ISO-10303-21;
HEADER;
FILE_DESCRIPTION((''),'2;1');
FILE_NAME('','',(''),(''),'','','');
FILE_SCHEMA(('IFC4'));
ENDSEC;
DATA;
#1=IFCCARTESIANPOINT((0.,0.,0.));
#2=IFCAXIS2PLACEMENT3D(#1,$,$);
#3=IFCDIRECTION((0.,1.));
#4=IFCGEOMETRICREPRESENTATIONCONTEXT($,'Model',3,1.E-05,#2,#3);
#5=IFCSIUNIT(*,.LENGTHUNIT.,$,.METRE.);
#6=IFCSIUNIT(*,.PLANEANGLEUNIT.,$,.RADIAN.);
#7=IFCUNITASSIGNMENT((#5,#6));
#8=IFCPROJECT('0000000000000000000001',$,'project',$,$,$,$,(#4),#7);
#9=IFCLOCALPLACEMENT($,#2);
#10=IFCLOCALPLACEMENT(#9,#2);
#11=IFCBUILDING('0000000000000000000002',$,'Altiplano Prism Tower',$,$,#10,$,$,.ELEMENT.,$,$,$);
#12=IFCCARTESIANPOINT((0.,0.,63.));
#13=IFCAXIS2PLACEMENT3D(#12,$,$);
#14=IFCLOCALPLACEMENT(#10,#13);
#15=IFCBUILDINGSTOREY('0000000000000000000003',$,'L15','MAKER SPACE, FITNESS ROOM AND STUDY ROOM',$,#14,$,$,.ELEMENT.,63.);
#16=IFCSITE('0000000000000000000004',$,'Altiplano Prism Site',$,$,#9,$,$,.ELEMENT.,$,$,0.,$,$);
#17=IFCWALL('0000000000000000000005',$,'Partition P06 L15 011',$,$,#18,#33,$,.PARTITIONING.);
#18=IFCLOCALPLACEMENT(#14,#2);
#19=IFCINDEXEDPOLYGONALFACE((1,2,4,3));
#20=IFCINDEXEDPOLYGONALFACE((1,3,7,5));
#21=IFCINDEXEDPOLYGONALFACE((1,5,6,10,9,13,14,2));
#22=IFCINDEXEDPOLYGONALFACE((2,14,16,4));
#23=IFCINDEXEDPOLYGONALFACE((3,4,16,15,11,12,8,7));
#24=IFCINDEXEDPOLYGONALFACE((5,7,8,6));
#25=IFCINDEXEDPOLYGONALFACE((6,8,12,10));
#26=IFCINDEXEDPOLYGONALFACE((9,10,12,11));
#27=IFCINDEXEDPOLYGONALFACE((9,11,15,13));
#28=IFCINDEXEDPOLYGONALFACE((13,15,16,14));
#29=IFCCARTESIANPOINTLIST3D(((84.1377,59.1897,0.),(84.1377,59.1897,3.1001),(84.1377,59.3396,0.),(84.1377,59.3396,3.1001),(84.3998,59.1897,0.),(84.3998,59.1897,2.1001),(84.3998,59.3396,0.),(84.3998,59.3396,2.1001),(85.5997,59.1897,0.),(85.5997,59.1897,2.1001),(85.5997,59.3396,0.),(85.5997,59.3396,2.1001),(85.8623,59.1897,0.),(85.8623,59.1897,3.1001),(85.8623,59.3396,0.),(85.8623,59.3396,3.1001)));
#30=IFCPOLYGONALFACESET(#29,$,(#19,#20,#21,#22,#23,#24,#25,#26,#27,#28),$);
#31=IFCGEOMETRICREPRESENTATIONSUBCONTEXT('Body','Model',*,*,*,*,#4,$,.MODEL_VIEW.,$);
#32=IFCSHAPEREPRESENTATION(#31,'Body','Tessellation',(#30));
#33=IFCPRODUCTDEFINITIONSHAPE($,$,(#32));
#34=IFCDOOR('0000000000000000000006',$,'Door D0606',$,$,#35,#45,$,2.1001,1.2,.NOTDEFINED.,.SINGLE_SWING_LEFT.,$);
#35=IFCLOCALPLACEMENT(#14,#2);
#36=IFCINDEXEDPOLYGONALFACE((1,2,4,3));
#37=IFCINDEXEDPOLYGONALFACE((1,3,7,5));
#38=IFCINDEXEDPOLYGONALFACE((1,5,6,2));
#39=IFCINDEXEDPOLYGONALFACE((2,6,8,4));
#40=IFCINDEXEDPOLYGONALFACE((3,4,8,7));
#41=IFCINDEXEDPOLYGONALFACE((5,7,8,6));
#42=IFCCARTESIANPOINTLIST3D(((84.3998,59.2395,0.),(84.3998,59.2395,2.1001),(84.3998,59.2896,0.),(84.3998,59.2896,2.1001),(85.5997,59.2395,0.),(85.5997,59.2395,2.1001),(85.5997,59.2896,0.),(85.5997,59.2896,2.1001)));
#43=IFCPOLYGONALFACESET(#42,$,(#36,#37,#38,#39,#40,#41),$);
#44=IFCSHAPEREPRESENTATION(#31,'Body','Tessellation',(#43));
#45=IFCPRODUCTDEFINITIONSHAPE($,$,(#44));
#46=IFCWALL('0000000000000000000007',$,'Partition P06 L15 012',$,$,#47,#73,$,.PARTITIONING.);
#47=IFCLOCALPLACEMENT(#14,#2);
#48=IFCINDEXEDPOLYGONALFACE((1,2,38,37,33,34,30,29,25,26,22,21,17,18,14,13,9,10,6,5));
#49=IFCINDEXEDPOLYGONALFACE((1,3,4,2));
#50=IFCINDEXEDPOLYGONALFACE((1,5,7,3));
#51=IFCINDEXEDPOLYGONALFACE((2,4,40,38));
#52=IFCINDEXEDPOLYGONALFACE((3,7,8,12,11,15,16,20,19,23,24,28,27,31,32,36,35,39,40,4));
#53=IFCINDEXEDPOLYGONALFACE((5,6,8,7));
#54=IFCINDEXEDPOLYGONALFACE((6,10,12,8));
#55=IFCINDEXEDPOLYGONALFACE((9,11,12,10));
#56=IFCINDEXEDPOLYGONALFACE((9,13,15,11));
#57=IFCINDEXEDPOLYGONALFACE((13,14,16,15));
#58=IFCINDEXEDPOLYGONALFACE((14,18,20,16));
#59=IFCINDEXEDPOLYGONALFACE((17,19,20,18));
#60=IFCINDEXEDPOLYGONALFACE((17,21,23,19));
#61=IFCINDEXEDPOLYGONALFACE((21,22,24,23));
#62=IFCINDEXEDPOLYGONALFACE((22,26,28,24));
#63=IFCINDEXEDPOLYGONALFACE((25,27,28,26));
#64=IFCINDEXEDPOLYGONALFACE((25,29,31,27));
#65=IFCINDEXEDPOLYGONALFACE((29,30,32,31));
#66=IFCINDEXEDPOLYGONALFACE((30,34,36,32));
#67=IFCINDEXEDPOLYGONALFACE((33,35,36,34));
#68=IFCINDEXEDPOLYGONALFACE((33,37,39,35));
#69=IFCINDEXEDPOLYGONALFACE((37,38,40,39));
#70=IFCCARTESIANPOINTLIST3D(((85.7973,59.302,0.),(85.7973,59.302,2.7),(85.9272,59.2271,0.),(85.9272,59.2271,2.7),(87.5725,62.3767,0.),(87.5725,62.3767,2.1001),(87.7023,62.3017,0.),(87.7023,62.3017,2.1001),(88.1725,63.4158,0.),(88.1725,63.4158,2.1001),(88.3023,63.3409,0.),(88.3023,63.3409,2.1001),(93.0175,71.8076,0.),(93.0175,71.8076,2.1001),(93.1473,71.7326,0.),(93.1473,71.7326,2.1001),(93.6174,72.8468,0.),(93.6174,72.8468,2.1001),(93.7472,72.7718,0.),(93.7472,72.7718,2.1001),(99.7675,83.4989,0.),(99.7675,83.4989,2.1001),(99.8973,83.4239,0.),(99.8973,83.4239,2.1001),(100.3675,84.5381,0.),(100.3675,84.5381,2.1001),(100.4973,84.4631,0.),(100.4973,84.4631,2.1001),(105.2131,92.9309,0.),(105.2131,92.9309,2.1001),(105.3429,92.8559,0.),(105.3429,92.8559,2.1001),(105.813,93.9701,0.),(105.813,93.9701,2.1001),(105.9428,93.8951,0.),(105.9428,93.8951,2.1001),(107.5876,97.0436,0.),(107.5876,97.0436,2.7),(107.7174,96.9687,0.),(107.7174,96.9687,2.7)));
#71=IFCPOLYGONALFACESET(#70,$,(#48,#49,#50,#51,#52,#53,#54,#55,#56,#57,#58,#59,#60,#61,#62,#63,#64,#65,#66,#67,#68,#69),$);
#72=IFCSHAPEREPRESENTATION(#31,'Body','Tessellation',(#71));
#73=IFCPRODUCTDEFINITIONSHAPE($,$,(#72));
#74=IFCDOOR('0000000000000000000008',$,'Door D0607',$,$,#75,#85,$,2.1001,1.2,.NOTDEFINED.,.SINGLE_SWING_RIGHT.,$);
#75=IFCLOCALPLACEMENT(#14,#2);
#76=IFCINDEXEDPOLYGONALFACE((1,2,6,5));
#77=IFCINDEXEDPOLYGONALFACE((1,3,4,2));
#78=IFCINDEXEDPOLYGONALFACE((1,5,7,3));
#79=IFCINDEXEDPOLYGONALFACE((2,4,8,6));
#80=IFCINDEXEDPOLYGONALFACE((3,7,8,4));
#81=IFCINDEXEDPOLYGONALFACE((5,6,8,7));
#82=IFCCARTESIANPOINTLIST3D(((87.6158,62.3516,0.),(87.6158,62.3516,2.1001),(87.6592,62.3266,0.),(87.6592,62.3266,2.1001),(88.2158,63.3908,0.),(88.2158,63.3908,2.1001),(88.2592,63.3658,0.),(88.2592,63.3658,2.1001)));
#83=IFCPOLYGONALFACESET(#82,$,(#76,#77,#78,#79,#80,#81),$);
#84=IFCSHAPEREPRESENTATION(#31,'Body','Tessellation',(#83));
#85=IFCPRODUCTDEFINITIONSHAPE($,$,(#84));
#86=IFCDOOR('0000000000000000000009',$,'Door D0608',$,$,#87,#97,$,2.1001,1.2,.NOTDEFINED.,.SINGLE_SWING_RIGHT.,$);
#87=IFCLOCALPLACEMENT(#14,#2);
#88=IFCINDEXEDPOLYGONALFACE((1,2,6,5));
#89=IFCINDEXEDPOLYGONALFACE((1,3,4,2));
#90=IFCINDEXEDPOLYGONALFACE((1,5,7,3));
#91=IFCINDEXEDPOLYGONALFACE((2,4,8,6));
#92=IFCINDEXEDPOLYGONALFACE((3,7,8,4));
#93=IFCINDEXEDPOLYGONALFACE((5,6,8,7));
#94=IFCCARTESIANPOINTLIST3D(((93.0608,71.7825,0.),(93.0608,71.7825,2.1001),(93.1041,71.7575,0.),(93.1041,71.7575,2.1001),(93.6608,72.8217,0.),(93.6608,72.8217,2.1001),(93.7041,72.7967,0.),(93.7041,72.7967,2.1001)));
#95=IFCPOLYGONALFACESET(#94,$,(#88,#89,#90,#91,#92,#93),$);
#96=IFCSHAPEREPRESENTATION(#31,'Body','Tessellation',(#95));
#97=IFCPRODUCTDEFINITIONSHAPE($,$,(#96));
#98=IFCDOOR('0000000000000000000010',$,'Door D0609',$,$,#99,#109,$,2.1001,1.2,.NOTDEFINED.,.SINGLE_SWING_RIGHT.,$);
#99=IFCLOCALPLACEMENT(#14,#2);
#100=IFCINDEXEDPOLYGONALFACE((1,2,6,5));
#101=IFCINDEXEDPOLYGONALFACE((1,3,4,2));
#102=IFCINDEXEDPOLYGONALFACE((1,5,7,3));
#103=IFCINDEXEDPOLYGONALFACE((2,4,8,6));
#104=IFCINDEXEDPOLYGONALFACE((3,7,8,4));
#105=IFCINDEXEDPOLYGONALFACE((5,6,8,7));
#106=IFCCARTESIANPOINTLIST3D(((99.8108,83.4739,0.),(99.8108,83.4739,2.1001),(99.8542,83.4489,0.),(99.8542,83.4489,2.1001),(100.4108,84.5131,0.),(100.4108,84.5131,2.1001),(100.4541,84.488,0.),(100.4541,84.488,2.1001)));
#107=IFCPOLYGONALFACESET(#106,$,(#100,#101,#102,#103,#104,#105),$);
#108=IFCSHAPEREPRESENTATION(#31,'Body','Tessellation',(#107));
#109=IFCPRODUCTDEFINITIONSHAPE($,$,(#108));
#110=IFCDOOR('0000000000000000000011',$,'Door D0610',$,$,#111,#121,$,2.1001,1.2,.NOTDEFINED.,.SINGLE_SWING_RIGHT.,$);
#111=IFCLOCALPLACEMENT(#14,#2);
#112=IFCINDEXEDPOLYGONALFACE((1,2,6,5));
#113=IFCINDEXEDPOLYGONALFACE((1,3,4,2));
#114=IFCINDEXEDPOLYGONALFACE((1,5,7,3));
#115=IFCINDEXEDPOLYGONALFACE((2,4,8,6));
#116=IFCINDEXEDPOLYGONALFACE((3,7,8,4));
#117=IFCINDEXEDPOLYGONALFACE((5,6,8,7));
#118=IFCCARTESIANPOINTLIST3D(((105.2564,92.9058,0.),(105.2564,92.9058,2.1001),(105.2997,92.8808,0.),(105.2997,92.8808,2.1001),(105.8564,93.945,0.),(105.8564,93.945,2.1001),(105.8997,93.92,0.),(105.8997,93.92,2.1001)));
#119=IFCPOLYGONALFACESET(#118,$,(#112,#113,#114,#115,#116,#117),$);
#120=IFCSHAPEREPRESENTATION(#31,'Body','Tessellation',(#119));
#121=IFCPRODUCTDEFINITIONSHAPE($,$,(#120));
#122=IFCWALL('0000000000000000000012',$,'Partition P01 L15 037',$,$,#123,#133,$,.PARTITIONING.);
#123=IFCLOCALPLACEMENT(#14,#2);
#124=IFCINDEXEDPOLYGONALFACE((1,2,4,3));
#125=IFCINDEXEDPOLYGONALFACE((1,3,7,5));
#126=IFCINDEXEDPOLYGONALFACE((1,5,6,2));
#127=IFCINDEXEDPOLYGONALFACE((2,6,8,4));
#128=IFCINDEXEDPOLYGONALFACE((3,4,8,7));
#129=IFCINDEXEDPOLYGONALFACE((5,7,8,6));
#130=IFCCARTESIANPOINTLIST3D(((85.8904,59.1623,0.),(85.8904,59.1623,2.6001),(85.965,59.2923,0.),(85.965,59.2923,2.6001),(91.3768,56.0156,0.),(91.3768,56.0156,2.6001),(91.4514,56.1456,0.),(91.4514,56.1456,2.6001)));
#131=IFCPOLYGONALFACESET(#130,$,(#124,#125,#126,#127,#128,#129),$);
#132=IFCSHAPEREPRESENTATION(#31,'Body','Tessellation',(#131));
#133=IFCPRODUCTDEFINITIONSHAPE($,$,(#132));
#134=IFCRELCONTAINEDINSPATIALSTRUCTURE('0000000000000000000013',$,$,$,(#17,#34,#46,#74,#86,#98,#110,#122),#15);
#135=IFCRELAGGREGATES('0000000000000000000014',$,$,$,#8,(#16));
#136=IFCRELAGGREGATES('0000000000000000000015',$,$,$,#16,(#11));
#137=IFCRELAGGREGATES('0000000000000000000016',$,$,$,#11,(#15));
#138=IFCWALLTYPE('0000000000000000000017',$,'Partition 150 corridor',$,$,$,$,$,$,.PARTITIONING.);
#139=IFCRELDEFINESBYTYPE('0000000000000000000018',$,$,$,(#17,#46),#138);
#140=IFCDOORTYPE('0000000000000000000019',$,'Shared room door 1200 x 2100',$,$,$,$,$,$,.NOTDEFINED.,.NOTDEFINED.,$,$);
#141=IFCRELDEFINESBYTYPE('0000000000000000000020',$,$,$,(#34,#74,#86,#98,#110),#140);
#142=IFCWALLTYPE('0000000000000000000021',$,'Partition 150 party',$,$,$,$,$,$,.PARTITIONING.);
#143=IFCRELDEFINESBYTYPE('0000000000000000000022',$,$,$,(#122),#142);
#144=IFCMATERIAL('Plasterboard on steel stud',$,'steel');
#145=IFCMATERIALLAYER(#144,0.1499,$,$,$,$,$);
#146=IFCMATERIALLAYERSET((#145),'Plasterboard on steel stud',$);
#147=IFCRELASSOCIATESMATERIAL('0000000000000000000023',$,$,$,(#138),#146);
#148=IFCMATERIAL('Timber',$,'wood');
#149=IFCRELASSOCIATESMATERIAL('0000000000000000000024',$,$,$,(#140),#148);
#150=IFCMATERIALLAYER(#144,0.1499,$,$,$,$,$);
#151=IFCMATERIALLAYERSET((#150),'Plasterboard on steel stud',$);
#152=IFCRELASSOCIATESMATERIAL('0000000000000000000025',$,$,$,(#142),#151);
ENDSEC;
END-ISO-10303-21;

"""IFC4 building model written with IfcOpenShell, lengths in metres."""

from ifc_helpers import new_model, si_unit, direction, frame, frame_2d, origin, place, context, subcontext, project, spatial, rectangle, extrude, material, layer, layer_set, type_object, element, fill, save


model = new_model("IFC4")

# Units and contexts
model_context = context("Model", 3, precision=1e-05, world=origin(), true_north=direction((0.0, 1.0)))
body_context = subcontext(model_context, "Body", "Model", "MODEL_VIEW")
ifc_project = project(units=[si_unit("LENGTHUNIT", "METRE"), si_unit("PLANEANGLEUNIT", "RADIAN")], contexts=[model_context])

# Site, building, storey
site_placement = place(None, origin())
site = spatial("IfcSite", under=ifc_project, at=site_placement, Name="Altiplano Prism Site", CompositionType="ELEMENT", RefElevation=0.0)
building_placement = place(site_placement, origin())
building = spatial("IfcBuilding", under=site, at=building_placement, Name="Altiplano Prism Tower", CompositionType="ELEMENT")
storey_placement = place(building_placement, frame((0.0, 0.0, 63.0)))
storey = spatial("IfcBuildingStorey", under=building, at=storey_placement, Name="L15", Description="MAKER SPACE, FITNESS ROOM AND STUDY ROOM", CompositionType="ELEMENT", Elevation=63.0)

# Wall, opening, door
ifc_material_1 = material(Name="Plasterboard on steel stud", Category="steel")
ifc_layer_1 = layer(ifc_material_1, 0.1499)
ifc_layer_set_1 = layer_set([ifc_layer_1], Name="Plasterboard on steel stud")
wall_type_1 = type_object("IfcWallType", Name="Partition 150 corridor", PredefinedType="PARTITIONING", material=ifc_layer_set_1)
wall_1_placement = place(storey_placement, frame((84.1377, 59.2646, 0.0), z_axis=(0.0, 0.0, 1.0), x_axis=(1.0, 0.0, 0.0)))
wall_1 = element("IfcWall", 1, at=wall_1_placement, inside=storey, type_object=wall_type_1, Name="Partition P06 L15 011", PredefinedType="PARTITIONING", context=body_context, shape_type="SweptSolid", body=[
    extrude(rectangle(XDim=1.7246, YDim=0.1499, at=frame_2d((0.8623, 0.0))), origin(), (0.0, 0.0, 1.0), 3.1001),
])
opening_1_placement = place(wall_1_placement, frame((0.262, 0.0, 0.0)))
opening_1 = element("IfcOpeningElement", 2, at=opening_1_placement, cuts=wall_1, PredefinedType="OPENING", context=body_context, shape_type="SweptSolid", body=[
    extrude(rectangle(XDim=1.2, YDim=2.1001, at=frame_2d((0.6001, 1.05))), frame((0.0, 0.0854, 0.0), z_axis=(0.0, -1.0, 0.0), x_axis=(1.0, 0.0, 0.0)), (0.0, 0.0, 1.0), 0.1709),
])
ifc_material_2 = material(Name="Timber", Category="wood")
door_type = type_object("IfcDoorType", Name="Shared room door 1200 x 2100", OperationType="NOTDEFINED", PredefinedType="NOTDEFINED", material=ifc_material_2)
door_1_placement = place(opening_1_placement, origin())
door_1 = element("IfcDoor", 3, at=door_1_placement, inside=storey, type_object=door_type, Name="Door D0606", OperationType="SINGLE_SWING_LEFT", OverallHeight=2.1001, OverallWidth=1.2, PredefinedType="NOTDEFINED", context=body_context, shape_type="SweptSolid", body=[
    extrude(rectangle(XDim=1.2, YDim=2.1001, at=frame_2d((0.6001, 1.05))), frame((0.0, 0.0249, 0.0), z_axis=(0.0, -1.0, 0.0), x_axis=(1.0, 0.0, 0.0)), (0.0, 0.0, 1.0), 0.05),
])
fill(opening_1, door_1)

# Wall, openings, doors
wall_2_placement = place(storey_placement, frame((85.8623, 59.2646, 0.0), z_axis=(0.0, 0.0, 1.0), x_axis=(0.500002, 0.866024, 0.0)))
wall_2 = element("IfcWall", 4, at=wall_2_placement, inside=storey, type_object=wall_type_1, Name="Partition P06 L15 012", PredefinedType="PARTITIONING", context=body_context, shape_type="SweptSolid", body=[
    extrude(rectangle(XDim=43.5803, YDim=0.1499, at=frame_2d((21.79, 0.0))), origin(), (0.0, 0.0, 1.0), 2.7),
])
opening_2_placement = place(wall_2_placement, frame((3.55, 0.0, 0.0)))
opening_2 = element("IfcOpeningElement", 5, at=opening_2_placement, cuts=wall_2, PredefinedType="OPENING", context=body_context, shape_type="SweptSolid", body=[
    extrude(rectangle(XDim=1.2, YDim=2.1001, at=frame_2d((0.6001, 1.05))), frame((0.0, 0.0854, 0.0), z_axis=(0.0, -1.0, 0.0), x_axis=(1.0, 0.0, 0.0)), (0.0, 0.0, 1.0), 0.1709),
])
opening_3_placement = place(wall_2_placement, frame((14.4399, 0.0, 0.0)))
opening_3 = element("IfcOpeningElement", 6, at=opening_3_placement, cuts=wall_2, PredefinedType="OPENING", context=body_context, shape_type="SweptSolid", body=[
    extrude(rectangle(XDim=1.2, YDim=2.1001, at=frame_2d((0.6001, 1.05))), frame((0.0, 0.0854, 0.0), z_axis=(0.0, -1.0, 0.0), x_axis=(1.0, 0.0, 0.0)), (0.0, 0.0, 1.0), 0.1709),
])
opening_4_placement = place(wall_2_placement, frame((27.9399, 0.0, 0.0)))
opening_4 = element("IfcOpeningElement", 7, at=opening_4_placement, cuts=wall_2, PredefinedType="OPENING", context=body_context, shape_type="SweptSolid", body=[
    extrude(rectangle(XDim=1.2, YDim=2.1001, at=frame_2d((0.6001, 1.05))), frame((0.0, 0.0854, 0.0), z_axis=(0.0, -1.0, 0.0), x_axis=(1.0, 0.0, 0.0)), (0.0, 0.0, 1.0), 0.1709),
])
opening_5_placement = place(wall_2_placement, frame((38.8311, 0.0, 0.0)))
opening_5 = element("IfcOpeningElement", 8, at=opening_5_placement, cuts=wall_2, PredefinedType="OPENING", context=body_context, shape_type="SweptSolid", body=[
    extrude(rectangle(XDim=1.2, YDim=2.1001, at=frame_2d((0.6001, 1.05))), frame((0.0, 0.0854, 0.0), z_axis=(0.0, -1.0, 0.0), x_axis=(1.0, 0.0, 0.0)), (0.0, 0.0, 1.0), 0.1709),
])
door_2_placement = place(opening_2_placement, origin())
door_2 = element("IfcDoor", 9, at=door_2_placement, inside=storey, type_object=door_type, Name="Door D0607", OperationType="SINGLE_SWING_RIGHT", OverallHeight=2.1001, OverallWidth=1.2, PredefinedType="NOTDEFINED", context=body_context, shape_type="SweptSolid", body=[
    extrude(rectangle(XDim=1.2, YDim=2.1001, at=frame_2d((0.6001, 1.05))), frame((0.0, 0.0249, 0.0), z_axis=(0.0, -1.0, 0.0), x_axis=(1.0, 0.0, 0.0)), (0.0, 0.0, 1.0), 0.05),
])
fill(opening_2, door_2)
door_3_placement = place(opening_3_placement, origin())
door_3 = element("IfcDoor", 10, at=door_3_placement, inside=storey, type_object=door_type, Name="Door D0608", OperationType="SINGLE_SWING_RIGHT", OverallHeight=2.1001, OverallWidth=1.2, PredefinedType="NOTDEFINED", context=body_context, shape_type="SweptSolid", body=[
    extrude(rectangle(XDim=1.2, YDim=2.1001, at=frame_2d((0.6001, 1.05))), frame((0.0, 0.0249, 0.0), z_axis=(0.0, -1.0, 0.0), x_axis=(1.0, 0.0, 0.0)), (0.0, 0.0, 1.0), 0.05),
])
fill(opening_3, door_3)
door_4_placement = place(opening_4_placement, origin())
door_4 = element("IfcDoor", 11, at=door_4_placement, inside=storey, type_object=door_type, Name="Door D0609", OperationType="SINGLE_SWING_RIGHT", OverallHeight=2.1001, OverallWidth=1.2, PredefinedType="NOTDEFINED", context=body_context, shape_type="SweptSolid", body=[
    extrude(rectangle(XDim=1.2, YDim=2.1001, at=frame_2d((0.6001, 1.05))), frame((0.0, 0.0249, 0.0), z_axis=(0.0, -1.0, 0.0), x_axis=(1.0, 0.0, 0.0)), (0.0, 0.0, 1.0), 0.05),
])
fill(opening_4, door_4)
door_5_placement = place(opening_5_placement, origin())
door_5 = element("IfcDoor", 12, at=door_5_placement, inside=storey, type_object=door_type, Name="Door D0610", OperationType="SINGLE_SWING_RIGHT", OverallHeight=2.1001, OverallWidth=1.2, PredefinedType="NOTDEFINED", context=body_context, shape_type="SweptSolid", body=[
    extrude(rectangle(XDim=1.2, YDim=2.1001, at=frame_2d((0.6001, 1.05))), frame((0.0, 0.0249, 0.0), z_axis=(0.0, -1.0, 0.0), x_axis=(1.0, 0.0, 0.0)), (0.0, 0.0, 1.0), 0.05),
])
fill(opening_5, door_5)

# Wall
ifc_layer_2 = layer(ifc_material_1, 0.1499)
ifc_layer_set_2 = layer_set([ifc_layer_2], Name="Plasterboard on steel stud")
wall_type_2 = type_object("IfcWallType", Name="Partition 150 party", PredefinedType="PARTITIONING", material=ifc_layer_set_2)
wall_3_placement = place(storey_placement, frame((91.4141, 56.0806, 0.0), z_axis=(0.0, 0.0, 1.0), x_axis=(-0.867446, 0.497531, 0.0)))
element("IfcWall", 13, at=wall_3_placement, inside=storey, type_object=wall_type_2, Name="Partition P01 L15 037", PredefinedType="PARTITIONING", context=body_context, shape_type="SweptSolid", body=[
    extrude(rectangle(XDim=6.3247, YDim=0.1499, at=frame_2d((3.1624, 0.0))), origin(), (0.0, 0.0, 1.0), 2.6001),
])

save(model, "model.ifc")
